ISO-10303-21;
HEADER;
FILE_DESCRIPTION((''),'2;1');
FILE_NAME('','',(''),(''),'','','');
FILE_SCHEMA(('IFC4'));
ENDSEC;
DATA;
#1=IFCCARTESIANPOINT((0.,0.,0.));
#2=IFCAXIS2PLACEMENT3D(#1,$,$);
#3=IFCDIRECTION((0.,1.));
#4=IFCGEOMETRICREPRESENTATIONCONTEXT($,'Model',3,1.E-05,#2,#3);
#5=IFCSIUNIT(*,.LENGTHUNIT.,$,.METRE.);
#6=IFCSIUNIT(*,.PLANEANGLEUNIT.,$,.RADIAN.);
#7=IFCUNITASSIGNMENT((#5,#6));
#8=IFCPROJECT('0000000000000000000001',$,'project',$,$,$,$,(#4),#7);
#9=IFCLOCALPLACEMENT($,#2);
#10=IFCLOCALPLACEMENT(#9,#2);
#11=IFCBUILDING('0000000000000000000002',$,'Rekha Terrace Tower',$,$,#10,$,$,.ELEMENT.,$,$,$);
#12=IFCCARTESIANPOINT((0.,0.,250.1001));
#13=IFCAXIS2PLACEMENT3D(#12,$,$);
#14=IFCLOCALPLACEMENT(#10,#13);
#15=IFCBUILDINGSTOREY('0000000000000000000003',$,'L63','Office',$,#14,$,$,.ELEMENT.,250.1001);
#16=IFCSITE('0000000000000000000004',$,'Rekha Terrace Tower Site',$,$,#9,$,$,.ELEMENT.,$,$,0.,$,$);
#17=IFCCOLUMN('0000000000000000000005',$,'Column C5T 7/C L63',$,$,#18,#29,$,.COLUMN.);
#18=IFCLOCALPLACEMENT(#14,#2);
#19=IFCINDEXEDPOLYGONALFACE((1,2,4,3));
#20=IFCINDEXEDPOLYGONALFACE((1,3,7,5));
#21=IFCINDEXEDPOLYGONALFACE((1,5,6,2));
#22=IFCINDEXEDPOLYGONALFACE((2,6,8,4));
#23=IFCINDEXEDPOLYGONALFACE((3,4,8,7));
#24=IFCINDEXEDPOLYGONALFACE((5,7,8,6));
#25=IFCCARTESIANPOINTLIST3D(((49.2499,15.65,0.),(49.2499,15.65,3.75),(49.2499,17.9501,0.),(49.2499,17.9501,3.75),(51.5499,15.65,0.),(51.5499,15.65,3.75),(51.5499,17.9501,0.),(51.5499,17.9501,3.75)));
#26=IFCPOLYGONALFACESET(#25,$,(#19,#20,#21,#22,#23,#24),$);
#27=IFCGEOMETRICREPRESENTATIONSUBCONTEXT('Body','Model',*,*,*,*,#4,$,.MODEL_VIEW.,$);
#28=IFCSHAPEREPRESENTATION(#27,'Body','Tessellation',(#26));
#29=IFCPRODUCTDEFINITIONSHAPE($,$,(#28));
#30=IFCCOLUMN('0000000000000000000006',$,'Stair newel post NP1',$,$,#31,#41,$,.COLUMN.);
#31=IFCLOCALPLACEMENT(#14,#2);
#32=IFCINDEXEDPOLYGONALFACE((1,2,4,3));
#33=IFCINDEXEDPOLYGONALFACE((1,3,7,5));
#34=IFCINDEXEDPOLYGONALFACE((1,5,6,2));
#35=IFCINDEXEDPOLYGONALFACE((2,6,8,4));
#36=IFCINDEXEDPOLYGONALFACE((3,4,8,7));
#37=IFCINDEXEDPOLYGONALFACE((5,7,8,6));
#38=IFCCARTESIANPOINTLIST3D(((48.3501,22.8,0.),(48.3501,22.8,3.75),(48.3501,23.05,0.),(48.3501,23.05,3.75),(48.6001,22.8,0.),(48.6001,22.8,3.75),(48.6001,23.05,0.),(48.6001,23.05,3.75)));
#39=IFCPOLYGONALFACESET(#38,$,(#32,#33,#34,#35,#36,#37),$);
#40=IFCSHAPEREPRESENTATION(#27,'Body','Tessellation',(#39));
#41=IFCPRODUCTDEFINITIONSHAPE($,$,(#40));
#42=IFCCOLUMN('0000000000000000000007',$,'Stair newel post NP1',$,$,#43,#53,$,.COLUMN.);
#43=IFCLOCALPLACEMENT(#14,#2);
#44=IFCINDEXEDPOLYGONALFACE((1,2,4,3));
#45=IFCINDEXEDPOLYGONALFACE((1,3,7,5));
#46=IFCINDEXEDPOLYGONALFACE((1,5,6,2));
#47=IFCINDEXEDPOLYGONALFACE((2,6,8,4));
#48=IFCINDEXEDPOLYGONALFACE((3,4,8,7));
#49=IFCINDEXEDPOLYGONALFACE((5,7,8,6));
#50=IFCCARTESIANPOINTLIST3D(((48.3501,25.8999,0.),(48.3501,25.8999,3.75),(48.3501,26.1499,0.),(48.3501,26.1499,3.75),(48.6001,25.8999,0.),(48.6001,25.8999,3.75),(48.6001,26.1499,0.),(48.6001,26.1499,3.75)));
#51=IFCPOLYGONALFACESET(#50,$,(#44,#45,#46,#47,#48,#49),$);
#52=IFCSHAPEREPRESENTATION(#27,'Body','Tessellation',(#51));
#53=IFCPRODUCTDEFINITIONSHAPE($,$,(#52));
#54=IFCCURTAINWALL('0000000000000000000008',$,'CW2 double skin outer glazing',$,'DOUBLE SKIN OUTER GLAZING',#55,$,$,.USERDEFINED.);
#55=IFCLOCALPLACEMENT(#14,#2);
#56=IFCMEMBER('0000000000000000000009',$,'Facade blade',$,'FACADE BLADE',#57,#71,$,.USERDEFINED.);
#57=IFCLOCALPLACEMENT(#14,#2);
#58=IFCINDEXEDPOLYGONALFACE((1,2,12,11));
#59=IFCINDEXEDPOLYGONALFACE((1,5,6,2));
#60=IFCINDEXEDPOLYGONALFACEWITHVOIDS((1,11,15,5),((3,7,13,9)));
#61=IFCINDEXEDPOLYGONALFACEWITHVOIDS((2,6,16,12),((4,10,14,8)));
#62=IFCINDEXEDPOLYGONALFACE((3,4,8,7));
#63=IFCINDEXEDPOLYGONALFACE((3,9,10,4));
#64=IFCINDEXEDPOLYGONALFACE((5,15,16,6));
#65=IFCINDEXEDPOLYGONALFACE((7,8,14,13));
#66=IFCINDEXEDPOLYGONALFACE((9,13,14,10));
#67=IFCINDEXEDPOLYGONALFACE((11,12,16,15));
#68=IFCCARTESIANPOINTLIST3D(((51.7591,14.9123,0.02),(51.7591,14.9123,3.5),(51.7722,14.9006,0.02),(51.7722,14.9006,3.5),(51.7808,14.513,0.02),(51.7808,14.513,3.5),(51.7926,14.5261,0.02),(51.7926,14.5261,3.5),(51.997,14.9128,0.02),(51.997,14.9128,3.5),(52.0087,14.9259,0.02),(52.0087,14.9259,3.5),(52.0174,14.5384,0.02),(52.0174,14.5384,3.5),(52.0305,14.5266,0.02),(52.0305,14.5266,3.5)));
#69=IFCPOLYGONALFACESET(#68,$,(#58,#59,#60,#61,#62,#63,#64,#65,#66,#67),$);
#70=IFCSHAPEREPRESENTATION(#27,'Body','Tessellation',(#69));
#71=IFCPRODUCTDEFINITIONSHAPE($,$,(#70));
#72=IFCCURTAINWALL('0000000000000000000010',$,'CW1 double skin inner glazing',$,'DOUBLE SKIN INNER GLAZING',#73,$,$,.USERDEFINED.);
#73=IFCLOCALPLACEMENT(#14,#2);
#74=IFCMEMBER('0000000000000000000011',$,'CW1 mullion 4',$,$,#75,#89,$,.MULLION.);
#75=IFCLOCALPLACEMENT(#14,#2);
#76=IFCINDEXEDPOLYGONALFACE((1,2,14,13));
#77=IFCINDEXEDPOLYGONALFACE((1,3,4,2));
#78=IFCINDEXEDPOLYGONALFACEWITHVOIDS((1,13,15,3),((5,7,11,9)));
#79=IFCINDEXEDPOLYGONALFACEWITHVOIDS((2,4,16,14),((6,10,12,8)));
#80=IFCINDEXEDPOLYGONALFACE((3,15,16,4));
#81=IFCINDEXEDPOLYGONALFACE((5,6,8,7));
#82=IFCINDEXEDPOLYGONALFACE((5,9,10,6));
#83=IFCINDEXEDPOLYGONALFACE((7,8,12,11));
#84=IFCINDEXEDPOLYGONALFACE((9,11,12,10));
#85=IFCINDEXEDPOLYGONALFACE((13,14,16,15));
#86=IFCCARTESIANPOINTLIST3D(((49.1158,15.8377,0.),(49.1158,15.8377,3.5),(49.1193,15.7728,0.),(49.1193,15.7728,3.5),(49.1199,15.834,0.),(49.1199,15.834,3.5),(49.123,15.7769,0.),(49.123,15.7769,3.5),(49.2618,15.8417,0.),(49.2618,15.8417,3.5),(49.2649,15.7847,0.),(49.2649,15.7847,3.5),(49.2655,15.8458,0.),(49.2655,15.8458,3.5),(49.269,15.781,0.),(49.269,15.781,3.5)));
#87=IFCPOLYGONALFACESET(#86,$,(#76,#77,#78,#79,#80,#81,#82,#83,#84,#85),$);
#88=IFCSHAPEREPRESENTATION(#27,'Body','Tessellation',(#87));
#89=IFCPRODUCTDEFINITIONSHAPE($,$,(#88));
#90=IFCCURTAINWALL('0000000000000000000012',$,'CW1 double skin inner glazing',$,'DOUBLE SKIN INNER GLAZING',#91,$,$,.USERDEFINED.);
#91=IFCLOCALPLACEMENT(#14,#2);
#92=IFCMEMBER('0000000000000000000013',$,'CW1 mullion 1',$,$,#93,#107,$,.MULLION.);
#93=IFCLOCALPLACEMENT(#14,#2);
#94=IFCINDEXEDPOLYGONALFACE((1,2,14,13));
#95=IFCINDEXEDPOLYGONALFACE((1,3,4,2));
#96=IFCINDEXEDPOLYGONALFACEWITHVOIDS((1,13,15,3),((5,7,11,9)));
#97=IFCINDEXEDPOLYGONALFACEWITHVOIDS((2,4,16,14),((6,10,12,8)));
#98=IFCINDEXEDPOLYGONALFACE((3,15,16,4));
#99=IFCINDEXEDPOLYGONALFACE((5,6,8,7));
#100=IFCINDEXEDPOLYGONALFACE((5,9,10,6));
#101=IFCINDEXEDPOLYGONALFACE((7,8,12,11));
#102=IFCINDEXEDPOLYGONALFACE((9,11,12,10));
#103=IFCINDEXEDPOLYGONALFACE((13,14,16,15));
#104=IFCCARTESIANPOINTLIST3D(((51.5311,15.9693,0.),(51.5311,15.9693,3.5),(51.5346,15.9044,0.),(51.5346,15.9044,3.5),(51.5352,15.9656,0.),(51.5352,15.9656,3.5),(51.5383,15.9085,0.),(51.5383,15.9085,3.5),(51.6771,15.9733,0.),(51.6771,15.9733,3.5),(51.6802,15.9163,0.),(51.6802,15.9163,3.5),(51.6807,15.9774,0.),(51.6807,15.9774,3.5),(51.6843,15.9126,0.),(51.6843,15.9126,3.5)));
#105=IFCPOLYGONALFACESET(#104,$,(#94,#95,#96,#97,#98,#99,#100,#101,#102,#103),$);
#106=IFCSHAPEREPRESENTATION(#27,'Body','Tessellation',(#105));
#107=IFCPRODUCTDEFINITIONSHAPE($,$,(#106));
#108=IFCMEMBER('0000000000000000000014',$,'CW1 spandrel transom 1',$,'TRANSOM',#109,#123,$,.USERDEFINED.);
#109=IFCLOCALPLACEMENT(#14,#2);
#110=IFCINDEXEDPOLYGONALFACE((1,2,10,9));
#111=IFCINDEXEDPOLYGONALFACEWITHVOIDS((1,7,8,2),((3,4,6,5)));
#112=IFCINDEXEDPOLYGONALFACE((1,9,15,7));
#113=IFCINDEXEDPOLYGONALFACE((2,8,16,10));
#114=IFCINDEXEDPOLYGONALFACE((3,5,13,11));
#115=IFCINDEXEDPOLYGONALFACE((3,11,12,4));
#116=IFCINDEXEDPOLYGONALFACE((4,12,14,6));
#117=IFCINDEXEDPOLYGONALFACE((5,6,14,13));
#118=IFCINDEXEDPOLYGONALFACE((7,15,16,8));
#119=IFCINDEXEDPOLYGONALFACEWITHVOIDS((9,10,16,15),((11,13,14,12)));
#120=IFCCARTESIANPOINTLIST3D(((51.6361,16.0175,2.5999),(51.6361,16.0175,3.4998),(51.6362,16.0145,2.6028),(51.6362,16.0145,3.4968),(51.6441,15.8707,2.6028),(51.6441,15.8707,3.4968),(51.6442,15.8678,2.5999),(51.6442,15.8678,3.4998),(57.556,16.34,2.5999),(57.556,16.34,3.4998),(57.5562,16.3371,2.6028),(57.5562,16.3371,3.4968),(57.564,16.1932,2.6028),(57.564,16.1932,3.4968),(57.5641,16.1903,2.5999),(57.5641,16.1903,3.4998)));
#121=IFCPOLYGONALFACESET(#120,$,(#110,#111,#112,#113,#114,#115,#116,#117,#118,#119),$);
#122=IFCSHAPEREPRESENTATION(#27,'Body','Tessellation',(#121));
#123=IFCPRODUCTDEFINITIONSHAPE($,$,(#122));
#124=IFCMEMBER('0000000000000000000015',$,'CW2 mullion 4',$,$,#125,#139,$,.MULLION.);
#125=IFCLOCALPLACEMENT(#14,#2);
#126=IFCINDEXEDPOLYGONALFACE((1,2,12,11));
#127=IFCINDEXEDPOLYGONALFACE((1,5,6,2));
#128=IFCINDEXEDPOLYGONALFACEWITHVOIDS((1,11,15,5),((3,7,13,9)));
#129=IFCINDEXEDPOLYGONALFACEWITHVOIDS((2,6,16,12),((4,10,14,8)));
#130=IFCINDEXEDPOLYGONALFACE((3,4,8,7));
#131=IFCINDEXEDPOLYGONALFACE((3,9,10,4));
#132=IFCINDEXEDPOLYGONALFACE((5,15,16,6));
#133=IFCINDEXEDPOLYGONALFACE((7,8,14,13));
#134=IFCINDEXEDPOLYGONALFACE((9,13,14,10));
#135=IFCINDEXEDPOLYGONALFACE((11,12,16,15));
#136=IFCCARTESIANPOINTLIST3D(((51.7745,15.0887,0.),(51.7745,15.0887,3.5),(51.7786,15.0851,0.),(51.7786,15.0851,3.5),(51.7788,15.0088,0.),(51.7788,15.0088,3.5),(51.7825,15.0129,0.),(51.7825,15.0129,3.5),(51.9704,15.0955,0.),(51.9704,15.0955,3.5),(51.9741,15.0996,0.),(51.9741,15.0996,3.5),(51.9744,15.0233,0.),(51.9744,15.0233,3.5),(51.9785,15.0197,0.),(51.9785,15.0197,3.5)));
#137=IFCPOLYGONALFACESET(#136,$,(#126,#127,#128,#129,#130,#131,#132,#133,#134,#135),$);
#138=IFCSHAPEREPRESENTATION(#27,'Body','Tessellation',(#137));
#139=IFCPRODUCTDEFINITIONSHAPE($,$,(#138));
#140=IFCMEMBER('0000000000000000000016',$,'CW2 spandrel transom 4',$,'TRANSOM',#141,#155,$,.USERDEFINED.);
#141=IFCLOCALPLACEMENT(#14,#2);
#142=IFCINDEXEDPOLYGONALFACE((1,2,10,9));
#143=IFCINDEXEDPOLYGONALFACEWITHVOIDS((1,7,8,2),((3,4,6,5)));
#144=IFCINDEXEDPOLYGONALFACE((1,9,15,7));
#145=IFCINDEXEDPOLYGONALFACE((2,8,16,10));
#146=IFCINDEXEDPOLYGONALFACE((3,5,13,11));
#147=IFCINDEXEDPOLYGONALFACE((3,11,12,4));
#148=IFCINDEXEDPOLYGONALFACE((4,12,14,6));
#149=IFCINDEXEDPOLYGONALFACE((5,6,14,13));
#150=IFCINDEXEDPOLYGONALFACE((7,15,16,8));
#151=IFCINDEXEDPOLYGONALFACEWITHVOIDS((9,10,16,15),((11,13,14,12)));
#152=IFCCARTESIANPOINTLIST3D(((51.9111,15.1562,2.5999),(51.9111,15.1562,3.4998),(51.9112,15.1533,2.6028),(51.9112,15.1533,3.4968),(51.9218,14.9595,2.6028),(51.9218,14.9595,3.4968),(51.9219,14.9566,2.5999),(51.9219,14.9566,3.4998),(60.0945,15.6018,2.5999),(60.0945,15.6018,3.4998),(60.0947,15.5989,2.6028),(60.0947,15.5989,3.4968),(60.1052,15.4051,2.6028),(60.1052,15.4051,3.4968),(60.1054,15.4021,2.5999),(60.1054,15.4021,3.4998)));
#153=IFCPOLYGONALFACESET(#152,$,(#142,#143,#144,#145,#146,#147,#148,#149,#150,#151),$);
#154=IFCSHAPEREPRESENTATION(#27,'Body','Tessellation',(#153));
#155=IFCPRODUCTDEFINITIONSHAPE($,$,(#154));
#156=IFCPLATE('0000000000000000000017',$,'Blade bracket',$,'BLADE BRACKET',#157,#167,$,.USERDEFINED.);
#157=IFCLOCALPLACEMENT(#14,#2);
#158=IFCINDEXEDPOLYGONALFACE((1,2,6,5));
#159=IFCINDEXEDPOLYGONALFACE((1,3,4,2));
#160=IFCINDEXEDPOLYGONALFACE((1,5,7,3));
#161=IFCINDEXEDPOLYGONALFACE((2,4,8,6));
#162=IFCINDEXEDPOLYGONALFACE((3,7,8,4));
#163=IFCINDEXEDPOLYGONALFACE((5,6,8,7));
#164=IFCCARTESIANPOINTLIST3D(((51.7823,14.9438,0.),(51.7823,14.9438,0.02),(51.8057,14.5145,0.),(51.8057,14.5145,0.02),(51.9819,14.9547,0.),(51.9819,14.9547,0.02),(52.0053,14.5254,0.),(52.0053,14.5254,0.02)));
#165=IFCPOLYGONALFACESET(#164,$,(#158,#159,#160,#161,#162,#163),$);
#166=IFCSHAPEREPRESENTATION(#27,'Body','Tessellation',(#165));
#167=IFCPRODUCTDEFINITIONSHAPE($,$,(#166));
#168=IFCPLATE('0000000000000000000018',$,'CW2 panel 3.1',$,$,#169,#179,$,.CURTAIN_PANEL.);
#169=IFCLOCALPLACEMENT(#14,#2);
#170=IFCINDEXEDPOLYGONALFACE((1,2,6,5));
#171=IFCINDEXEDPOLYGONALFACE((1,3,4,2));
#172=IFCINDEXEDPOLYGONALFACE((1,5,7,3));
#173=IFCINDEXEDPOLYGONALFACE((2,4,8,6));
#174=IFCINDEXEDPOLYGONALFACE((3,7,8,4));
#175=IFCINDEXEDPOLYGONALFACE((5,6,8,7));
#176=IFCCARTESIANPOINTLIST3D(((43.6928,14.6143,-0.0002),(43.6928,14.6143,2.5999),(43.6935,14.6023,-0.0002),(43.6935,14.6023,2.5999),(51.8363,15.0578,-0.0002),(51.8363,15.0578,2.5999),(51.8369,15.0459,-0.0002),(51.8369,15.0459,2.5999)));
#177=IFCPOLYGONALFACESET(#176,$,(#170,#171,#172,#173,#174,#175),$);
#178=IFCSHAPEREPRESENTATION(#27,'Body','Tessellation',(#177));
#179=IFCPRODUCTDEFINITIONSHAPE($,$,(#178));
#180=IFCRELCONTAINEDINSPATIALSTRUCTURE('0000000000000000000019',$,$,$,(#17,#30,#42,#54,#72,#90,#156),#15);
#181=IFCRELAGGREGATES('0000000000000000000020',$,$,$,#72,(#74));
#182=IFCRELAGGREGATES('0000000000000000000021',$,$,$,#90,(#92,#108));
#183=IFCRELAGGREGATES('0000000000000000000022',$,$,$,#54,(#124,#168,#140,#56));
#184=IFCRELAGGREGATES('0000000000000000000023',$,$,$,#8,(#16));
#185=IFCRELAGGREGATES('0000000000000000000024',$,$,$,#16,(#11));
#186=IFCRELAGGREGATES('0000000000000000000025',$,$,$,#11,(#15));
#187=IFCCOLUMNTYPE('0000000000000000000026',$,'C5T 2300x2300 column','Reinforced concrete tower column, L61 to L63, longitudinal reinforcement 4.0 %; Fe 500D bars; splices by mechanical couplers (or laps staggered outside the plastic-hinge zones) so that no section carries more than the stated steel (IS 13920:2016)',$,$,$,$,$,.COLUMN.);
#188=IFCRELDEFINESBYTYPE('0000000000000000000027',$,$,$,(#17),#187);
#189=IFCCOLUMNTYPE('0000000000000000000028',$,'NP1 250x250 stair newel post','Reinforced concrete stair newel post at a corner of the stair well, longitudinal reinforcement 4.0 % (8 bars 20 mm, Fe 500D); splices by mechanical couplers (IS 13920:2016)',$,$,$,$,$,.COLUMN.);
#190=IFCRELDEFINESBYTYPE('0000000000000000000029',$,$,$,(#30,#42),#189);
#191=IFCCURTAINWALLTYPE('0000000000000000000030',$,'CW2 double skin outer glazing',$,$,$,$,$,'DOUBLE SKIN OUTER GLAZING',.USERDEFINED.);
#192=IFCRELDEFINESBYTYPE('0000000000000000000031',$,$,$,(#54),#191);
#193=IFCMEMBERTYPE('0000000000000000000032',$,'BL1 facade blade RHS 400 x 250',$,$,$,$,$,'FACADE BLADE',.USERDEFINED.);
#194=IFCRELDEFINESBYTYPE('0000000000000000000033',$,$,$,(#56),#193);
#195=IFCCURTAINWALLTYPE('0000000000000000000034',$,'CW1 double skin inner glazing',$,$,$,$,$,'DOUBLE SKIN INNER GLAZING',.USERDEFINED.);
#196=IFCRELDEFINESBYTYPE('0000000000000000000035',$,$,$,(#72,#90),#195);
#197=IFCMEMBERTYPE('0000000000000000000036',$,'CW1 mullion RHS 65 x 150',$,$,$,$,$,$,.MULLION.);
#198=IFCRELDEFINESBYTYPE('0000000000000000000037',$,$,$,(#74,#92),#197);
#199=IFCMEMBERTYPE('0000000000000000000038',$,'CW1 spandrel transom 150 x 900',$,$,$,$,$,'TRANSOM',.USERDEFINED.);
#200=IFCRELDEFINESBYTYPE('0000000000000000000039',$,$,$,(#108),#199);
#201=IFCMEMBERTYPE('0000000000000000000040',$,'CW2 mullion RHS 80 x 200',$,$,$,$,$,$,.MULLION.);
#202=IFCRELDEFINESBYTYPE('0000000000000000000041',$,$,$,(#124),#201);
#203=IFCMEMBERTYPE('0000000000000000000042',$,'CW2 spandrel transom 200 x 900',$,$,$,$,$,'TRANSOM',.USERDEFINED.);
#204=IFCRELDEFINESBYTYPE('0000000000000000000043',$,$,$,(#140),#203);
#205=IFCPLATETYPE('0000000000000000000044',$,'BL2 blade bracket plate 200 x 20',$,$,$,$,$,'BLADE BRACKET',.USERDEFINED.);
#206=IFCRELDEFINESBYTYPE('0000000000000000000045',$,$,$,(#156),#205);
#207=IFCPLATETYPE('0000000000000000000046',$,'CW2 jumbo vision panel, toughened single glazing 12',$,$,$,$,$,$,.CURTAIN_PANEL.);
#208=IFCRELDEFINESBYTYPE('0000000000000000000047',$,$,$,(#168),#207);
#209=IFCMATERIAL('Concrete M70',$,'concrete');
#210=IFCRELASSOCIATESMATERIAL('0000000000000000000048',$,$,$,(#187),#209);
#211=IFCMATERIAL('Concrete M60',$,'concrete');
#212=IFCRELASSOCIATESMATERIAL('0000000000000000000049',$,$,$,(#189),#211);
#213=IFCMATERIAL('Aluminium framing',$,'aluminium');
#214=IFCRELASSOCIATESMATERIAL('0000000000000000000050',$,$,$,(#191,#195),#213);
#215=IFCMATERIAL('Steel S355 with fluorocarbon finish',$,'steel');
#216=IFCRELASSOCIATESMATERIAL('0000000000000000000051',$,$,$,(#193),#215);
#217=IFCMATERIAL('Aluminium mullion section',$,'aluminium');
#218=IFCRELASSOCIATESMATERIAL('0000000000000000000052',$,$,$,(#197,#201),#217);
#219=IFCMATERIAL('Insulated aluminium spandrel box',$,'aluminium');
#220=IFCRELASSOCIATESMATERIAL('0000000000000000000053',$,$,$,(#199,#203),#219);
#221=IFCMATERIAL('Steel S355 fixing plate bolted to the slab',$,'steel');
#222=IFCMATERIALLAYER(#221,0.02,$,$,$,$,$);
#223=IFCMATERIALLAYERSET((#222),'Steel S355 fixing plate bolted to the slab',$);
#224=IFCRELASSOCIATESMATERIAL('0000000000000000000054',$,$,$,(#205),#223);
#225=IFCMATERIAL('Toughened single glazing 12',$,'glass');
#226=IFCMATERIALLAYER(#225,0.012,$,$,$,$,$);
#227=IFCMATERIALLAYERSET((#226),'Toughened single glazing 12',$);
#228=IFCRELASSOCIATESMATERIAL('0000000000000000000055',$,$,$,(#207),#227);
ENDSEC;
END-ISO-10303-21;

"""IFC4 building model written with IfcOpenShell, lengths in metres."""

from ifc_helpers import new_model, si_unit, direction, frame, origin, origin_2d, place, context, subcontext, project, spatial, rectangle, hollow_rectangle, extrude, material, layer, layer_set, material_profile, profile_set, type_object, element, aggregate, save


model = new_model("IFC4")

# Units and contexts
model_context = context("Model", 3, precision=1e-05, world=origin(), true_north=direction((0.0, 1.0)))
body_context = subcontext(model_context, "Body", "Model", "MODEL_VIEW")
ifc_project = project(units=[si_unit("LENGTHUNIT", "METRE"), si_unit("PLANEANGLEUNIT", "RADIAN")], contexts=[model_context])

# Site, building, storey
site_placement = place(None, origin())
site = spatial("IfcSite", under=ifc_project, at=site_placement, Name="Rekha Terrace Tower Site", CompositionType="ELEMENT", RefElevation=0.0)
building_placement = place(site_placement, origin())
building = spatial("IfcBuilding", under=site, at=building_placement, Name="Rekha Terrace Tower", CompositionType="ELEMENT")
storey_placement = place(building_placement, frame((0.0, 0.0, 250.1001)))
storey = spatial("IfcBuildingStorey", under=building, at=storey_placement, Name="L63", Description="Office", CompositionType="ELEMENT", Elevation=250.1001)

# Columns
ifc_material_1 = material(Name="Concrete M70", Category="concrete")
ifc_material_profile_1 = material_profile(ifc_material_1, rectangle(XDim=2.3, YDim=2.3, at=origin_2d()), Name="RC 2300x2300")
ifc_profile_set_1 = profile_set([ifc_material_profile_1], Name="Concrete M70")
column_type_1 = type_object("IfcColumnType", Name="C5T 2300x2300 column", Description="Reinforced concrete tower column, L61 to L63, longitudinal reinforcement 4.0 %; Fe 500D bars; splices by mechanical couplers (or laps staggered outside the plastic-hinge zones) so that no section carries more than the stated steel (IS 13920:2016)", PredefinedType="COLUMN", material=ifc_profile_set_1)
column_placement = place(storey_placement, frame((50.3999, 16.8, 0.0), z_axis=(0.0, 0.0, 1.0), x_axis=(1.0, 0.0, 0.0)))
element("IfcColumn", 1, at=column_placement, inside=storey, type_object=column_type_1, Name="Column C5T 7/C L63", PredefinedType="COLUMN", context=body_context, shape_type="SweptSolid", body=[
    extrude(rectangle(XDim=2.3, YDim=2.3, at=origin_2d()), origin(), (0.0, 0.0, 1.0), 3.75),
])
ifc_material_2 = material(Name="Concrete M60", Category="concrete")
ifc_material_profile_2 = material_profile(ifc_material_2, rectangle(XDim=0.25, YDim=0.25, at=origin_2d()), Name="RC 250x250")
ifc_profile_set_2 = profile_set([ifc_material_profile_2], Name="Concrete M60")
column_type_2 = type_object("IfcColumnType", Name="NP1 250x250 stair newel post", Description="Reinforced concrete stair newel post at a corner of the stair well, longitudinal reinforcement 4.0 % (8 bars 20 mm, Fe 500D); splices by mechanical couplers (IS 13920:2016)", PredefinedType="COLUMN", material=ifc_profile_set_2)
for number, where, z_axis, x_axis, name in (
    (2, (48.4751, 22.925, 0.0), (0.0, 0.0, 1.0), (1.0, 0.0, 0.0), "Stair newel post NP1"),
    (3, (48.4751, 26.0249, 0.0), (0.0, 0.0, 1.0), (1.0, 0.0, 0.0), "Stair newel post NP1"),
):
    element("IfcColumn", number, at=place(storey_placement, frame(where, z_axis=z_axis, x_axis=x_axis)), inside=storey, type_object=column_type_2, Name=name, PredefinedType="COLUMN", context=body_context, shape_type="SweptSolid", body=[
        extrude(rectangle(XDim=0.25, YDim=0.25, at=origin_2d()), origin(), (0.0, 0.0, 1.0), 3.75),
    ])

# Curtain walls, members
ifc_material_3 = material(Name="Aluminium framing", Category="aluminium")
curtain_wall_type_1 = type_object("IfcCurtainWallType", Name="CW2 double skin outer glazing", ElementType="DOUBLE SKIN OUTER GLAZING", PredefinedType="USERDEFINED", material=ifc_material_3)
curtain_wall_1_placement = place(storey_placement, origin())
curtain_wall_1 = element("IfcCurtainWall", 4, at=curtain_wall_1_placement, inside=storey, type_object=curtain_wall_type_1, Name="CW2 double skin outer glazing", ObjectType="DOUBLE SKIN OUTER GLAZING", PredefinedType="USERDEFINED")
ifc_material_4 = material(Name="Steel S355 with fluorocarbon finish", Category="steel")
ifc_material_profile_3 = material_profile(ifc_material_4, hollow_rectangle(XDim=0.25, YDim=0.3999, WallThickness=0.0125, at=origin_2d()), Name="RHS400x250x12.5")
ifc_profile_set_3 = profile_set([ifc_material_profile_3], Name="Steel S355 with fluorocarbon finish")
member_type_1 = type_object("IfcMemberType", Name="BL1 facade blade RHS 400 x 250", ElementType="FACADE BLADE", PredefinedType="USERDEFINED", material=ifc_profile_set_3)
member_1_placement = place(storey_placement, frame((51.8948, 14.7195, 0.02), z_axis=(0.0, 0.0, 1.0), x_axis=(0.99852, 0.054389, 0.0)))
member_1 = element("IfcMember", 5, at=member_1_placement, type_object=member_type_1, Name="Facade blade", ObjectType="FACADE BLADE", PredefinedType="USERDEFINED", context=body_context, shape_type="SweptSolid", body=[
    extrude(hollow_rectangle(XDim=0.25, YDim=0.3999, WallThickness=0.0125, at=origin_2d()), origin(), (0.0, 0.0, 1.0), 3.48),
])
curtain_wall_type_2 = type_object("IfcCurtainWallType", Name="CW1 double skin inner glazing", ElementType="DOUBLE SKIN INNER GLAZING", PredefinedType="USERDEFINED", material=ifc_material_3)
curtain_wall_2_placement = place(storey_placement, origin())
curtain_wall_2 = element("IfcCurtainWall", 6, at=curtain_wall_2_placement, inside=storey, type_object=curtain_wall_type_2, Name="CW1 double skin inner glazing", ObjectType="DOUBLE SKIN INNER GLAZING", PredefinedType="USERDEFINED")
ifc_material_5 = material(Name="Aluminium mullion section", Category="aluminium")
ifc_material_profile_4 = material_profile(ifc_material_5, hollow_rectangle(XDim=0.0649, YDim=0.1499, WallThickness=0.0039, at=origin_2d()), Name="AL RHS 65x150")
ifc_profile_set_4 = profile_set([ifc_material_profile_4], Name="Aluminium mullion section")
member_type_2 = type_object("IfcMemberType", Name="CW1 mullion RHS 65 x 150", PredefinedType="MULLION", material=ifc_profile_set_4)
member_2_placement = place(storey_placement, frame((49.1924, 15.8093, 0.0), z_axis=(0.0, 0.0, 1.0), x_axis=(-0.054389, 0.99852, 0.0)))
member_2 = element("IfcMember", 7, at=member_2_placement, type_object=member_type_2, Name="CW1 mullion 4", PredefinedType="MULLION", context=body_context, shape_type="SweptSolid", body=[
    extrude(hollow_rectangle(XDim=0.0649, YDim=0.1499, WallThickness=0.0039, at=origin_2d()), origin(), (0.0, 0.0, 1.0), 3.5),
])
aggregate(curtain_wall_2, [member_2])

# Curtain wall, members
curtain_wall_3_placement = place(storey_placement, origin())
curtain_wall_3 = element("IfcCurtainWall", 8, at=curtain_wall_3_placement, inside=storey, type_object=curtain_wall_type_2, Name="CW1 double skin inner glazing", ObjectType="DOUBLE SKIN INNER GLAZING", PredefinedType="USERDEFINED")
member_3_placement = place(storey_placement, frame((51.6077, 15.9409, 0.0), z_axis=(0.0, 0.0, 1.0), x_axis=(-0.054389, 0.99852, 0.0)))
member_3 = element("IfcMember", 9, at=member_3_placement, type_object=member_type_2, Name="CW1 mullion 1", PredefinedType="MULLION", context=body_context, shape_type="SweptSolid", body=[
    extrude(hollow_rectangle(XDim=0.0649, YDim=0.1499, WallThickness=0.0039, at=origin_2d()), origin(), (0.0, 0.0, 1.0), 3.5),
])
ifc_material_6 = material(Name="Insulated aluminium spandrel box", Category="aluminium")
ifc_material_profile_5 = material_profile(ifc_material_6, hollow_rectangle(XDim=0.1499, YDim=0.8999, WallThickness=0.0029, at=origin_2d()), Name="AL SPANDREL BOX 150x900")
ifc_profile_set_5 = profile_set([ifc_material_profile_5], Name="Insulated aluminium spandrel box")
member_type_3 = type_object("IfcMemberType", Name="CW1 spandrel transom 150 x 900", ElementType="TRANSOM", PredefinedType="USERDEFINED", material=ifc_profile_set_5)
member_4_placement = place(storey_placement, frame((51.6401, 15.9426, 3.0498), z_axis=(0.998519, 0.054398, 0.0), x_axis=(-0.054398, 0.998519, 0.0)))
member_4 = element("IfcMember", 10, at=member_4_placement, type_object=member_type_3, Name="CW1 spandrel transom 1", ObjectType="TRANSOM", PredefinedType="USERDEFINED", context=body_context, shape_type="SweptSolid", body=[
    extrude(hollow_rectangle(XDim=0.1499, YDim=0.8999, WallThickness=0.0029, at=origin_2d()), origin(), (0.0, 0.0, 1.0), 5.9287),
])
aggregate(curtain_wall_3, [member_3, member_4])

# Members
ifc_material_profile_6 = material_profile(ifc_material_5, hollow_rectangle(XDim=0.0801, YDim=0.2, WallThickness=0.0039, at=origin_2d()), Name="AL RHS 80x200")
ifc_profile_set_6 = profile_set([ifc_material_profile_6], Name="Aluminium mullion section")
member_type_4 = type_object("IfcMemberType", Name="CW2 mullion RHS 80 x 200", PredefinedType="MULLION", material=ifc_profile_set_6)
member_5_placement = place(storey_placement, frame((51.8765, 15.0542, 0.0), z_axis=(0.0, 0.0, 1.0), x_axis=(-0.054389, 0.99852, 0.0)))
member_5 = element("IfcMember", 11, at=member_5_placement, type_object=member_type_4, Name="CW2 mullion 4", PredefinedType="MULLION", context=body_context, shape_type="SweptSolid", body=[
    extrude(hollow_rectangle(XDim=0.0801, YDim=0.2, WallThickness=0.0039, at=origin_2d()), origin(), (0.0, 0.0, 1.0), 3.5),
])
ifc_material_profile_7 = material_profile(ifc_material_6, hollow_rectangle(XDim=0.2, YDim=0.8999, WallThickness=0.0029, at=origin_2d()), Name="AL SPANDREL BOX 200x900")
ifc_profile_set_7 = profile_set([ifc_material_profile_7], Name="Insulated aluminium spandrel box")
member_type_5 = type_object("IfcMemberType", Name="CW2 spandrel transom 200 x 900", ElementType="TRANSOM", PredefinedType="USERDEFINED", material=ifc_profile_set_7)
member_6_placement = place(storey_placement, frame((51.9165, 15.0564, 3.0498), z_axis=(0.998521, 0.054366, 0.0), x_axis=(-0.054366, 0.998521, 0.0)))
member_6 = element("IfcMember", 12, at=member_6_placement, type_object=member_type_5, Name="CW2 spandrel transom 4", ObjectType="TRANSOM", PredefinedType="USERDEFINED", context=body_context, shape_type="SweptSolid", body=[
    extrude(hollow_rectangle(XDim=0.2, YDim=0.8999, WallThickness=0.0029, at=origin_2d()), origin(), (0.0, 0.0, 1.0), 8.1956),
])

# Plates
ifc_material_7 = material(Name="Steel S355 fixing plate bolted to the slab", Category="steel")
ifc_layer_1 = layer(ifc_material_7, 0.02)
ifc_layer_set_1 = layer_set([ifc_layer_1], Name="Steel S355 fixing plate bolted to the slab")
plate_type_1 = type_object("IfcPlateType", Name="BL2 blade bracket plate 200 x 20", ElementType="BLADE BRACKET", PredefinedType="USERDEFINED", material=ifc_layer_set_1)
plate_1_placement = place(storey_placement, frame((51.8938, 14.7346, 0.0), z_axis=(0.0, 0.0, 1.0), x_axis=(0.054389, -0.99852, 0.0)))
element("IfcPlate", 13, at=plate_1_placement, inside=storey, type_object=plate_type_1, Name="Blade bracket", ObjectType="BLADE BRACKET", PredefinedType="USERDEFINED", context=body_context, shape_type="SweptSolid", body=[
    extrude(rectangle(XDim=0.4299, YDim=0.2, at=origin_2d()), origin(), (0.0, 0.0, 1.0), 0.02),
])
ifc_material_8 = material(Name="Toughened single glazing 12", Category="glass")
ifc_layer_2 = layer(ifc_material_8, 0.012)
ifc_layer_set_2 = layer_set([ifc_layer_2], Name="Toughened single glazing 12")
plate_type_2 = type_object("IfcPlateType", Name="CW2 jumbo vision panel, toughened single glazing 12", PredefinedType="CURTAIN_PANEL", material=ifc_layer_set_2)
plate_2_placement = place(storey_placement, frame((47.7649, 14.8301, -0.0002), z_axis=(0.0, 0.0, 1.0), x_axis=(0.99852, 0.054389, 0.0)))
plate_2 = element("IfcPlate", 14, at=plate_2_placement, type_object=plate_type_2, Name="CW2 panel 3.1", PredefinedType="CURTAIN_PANEL", context=body_context, shape_type="SweptSolid", body=[
    extrude(rectangle(XDim=8.1555, YDim=0.012, at=origin_2d()), origin(), (0.0, 0.0, 1.0), 2.6001),
])
aggregate(curtain_wall_1, [member_5, plate_2, member_6, member_1])

save(model, "model.ifc")
